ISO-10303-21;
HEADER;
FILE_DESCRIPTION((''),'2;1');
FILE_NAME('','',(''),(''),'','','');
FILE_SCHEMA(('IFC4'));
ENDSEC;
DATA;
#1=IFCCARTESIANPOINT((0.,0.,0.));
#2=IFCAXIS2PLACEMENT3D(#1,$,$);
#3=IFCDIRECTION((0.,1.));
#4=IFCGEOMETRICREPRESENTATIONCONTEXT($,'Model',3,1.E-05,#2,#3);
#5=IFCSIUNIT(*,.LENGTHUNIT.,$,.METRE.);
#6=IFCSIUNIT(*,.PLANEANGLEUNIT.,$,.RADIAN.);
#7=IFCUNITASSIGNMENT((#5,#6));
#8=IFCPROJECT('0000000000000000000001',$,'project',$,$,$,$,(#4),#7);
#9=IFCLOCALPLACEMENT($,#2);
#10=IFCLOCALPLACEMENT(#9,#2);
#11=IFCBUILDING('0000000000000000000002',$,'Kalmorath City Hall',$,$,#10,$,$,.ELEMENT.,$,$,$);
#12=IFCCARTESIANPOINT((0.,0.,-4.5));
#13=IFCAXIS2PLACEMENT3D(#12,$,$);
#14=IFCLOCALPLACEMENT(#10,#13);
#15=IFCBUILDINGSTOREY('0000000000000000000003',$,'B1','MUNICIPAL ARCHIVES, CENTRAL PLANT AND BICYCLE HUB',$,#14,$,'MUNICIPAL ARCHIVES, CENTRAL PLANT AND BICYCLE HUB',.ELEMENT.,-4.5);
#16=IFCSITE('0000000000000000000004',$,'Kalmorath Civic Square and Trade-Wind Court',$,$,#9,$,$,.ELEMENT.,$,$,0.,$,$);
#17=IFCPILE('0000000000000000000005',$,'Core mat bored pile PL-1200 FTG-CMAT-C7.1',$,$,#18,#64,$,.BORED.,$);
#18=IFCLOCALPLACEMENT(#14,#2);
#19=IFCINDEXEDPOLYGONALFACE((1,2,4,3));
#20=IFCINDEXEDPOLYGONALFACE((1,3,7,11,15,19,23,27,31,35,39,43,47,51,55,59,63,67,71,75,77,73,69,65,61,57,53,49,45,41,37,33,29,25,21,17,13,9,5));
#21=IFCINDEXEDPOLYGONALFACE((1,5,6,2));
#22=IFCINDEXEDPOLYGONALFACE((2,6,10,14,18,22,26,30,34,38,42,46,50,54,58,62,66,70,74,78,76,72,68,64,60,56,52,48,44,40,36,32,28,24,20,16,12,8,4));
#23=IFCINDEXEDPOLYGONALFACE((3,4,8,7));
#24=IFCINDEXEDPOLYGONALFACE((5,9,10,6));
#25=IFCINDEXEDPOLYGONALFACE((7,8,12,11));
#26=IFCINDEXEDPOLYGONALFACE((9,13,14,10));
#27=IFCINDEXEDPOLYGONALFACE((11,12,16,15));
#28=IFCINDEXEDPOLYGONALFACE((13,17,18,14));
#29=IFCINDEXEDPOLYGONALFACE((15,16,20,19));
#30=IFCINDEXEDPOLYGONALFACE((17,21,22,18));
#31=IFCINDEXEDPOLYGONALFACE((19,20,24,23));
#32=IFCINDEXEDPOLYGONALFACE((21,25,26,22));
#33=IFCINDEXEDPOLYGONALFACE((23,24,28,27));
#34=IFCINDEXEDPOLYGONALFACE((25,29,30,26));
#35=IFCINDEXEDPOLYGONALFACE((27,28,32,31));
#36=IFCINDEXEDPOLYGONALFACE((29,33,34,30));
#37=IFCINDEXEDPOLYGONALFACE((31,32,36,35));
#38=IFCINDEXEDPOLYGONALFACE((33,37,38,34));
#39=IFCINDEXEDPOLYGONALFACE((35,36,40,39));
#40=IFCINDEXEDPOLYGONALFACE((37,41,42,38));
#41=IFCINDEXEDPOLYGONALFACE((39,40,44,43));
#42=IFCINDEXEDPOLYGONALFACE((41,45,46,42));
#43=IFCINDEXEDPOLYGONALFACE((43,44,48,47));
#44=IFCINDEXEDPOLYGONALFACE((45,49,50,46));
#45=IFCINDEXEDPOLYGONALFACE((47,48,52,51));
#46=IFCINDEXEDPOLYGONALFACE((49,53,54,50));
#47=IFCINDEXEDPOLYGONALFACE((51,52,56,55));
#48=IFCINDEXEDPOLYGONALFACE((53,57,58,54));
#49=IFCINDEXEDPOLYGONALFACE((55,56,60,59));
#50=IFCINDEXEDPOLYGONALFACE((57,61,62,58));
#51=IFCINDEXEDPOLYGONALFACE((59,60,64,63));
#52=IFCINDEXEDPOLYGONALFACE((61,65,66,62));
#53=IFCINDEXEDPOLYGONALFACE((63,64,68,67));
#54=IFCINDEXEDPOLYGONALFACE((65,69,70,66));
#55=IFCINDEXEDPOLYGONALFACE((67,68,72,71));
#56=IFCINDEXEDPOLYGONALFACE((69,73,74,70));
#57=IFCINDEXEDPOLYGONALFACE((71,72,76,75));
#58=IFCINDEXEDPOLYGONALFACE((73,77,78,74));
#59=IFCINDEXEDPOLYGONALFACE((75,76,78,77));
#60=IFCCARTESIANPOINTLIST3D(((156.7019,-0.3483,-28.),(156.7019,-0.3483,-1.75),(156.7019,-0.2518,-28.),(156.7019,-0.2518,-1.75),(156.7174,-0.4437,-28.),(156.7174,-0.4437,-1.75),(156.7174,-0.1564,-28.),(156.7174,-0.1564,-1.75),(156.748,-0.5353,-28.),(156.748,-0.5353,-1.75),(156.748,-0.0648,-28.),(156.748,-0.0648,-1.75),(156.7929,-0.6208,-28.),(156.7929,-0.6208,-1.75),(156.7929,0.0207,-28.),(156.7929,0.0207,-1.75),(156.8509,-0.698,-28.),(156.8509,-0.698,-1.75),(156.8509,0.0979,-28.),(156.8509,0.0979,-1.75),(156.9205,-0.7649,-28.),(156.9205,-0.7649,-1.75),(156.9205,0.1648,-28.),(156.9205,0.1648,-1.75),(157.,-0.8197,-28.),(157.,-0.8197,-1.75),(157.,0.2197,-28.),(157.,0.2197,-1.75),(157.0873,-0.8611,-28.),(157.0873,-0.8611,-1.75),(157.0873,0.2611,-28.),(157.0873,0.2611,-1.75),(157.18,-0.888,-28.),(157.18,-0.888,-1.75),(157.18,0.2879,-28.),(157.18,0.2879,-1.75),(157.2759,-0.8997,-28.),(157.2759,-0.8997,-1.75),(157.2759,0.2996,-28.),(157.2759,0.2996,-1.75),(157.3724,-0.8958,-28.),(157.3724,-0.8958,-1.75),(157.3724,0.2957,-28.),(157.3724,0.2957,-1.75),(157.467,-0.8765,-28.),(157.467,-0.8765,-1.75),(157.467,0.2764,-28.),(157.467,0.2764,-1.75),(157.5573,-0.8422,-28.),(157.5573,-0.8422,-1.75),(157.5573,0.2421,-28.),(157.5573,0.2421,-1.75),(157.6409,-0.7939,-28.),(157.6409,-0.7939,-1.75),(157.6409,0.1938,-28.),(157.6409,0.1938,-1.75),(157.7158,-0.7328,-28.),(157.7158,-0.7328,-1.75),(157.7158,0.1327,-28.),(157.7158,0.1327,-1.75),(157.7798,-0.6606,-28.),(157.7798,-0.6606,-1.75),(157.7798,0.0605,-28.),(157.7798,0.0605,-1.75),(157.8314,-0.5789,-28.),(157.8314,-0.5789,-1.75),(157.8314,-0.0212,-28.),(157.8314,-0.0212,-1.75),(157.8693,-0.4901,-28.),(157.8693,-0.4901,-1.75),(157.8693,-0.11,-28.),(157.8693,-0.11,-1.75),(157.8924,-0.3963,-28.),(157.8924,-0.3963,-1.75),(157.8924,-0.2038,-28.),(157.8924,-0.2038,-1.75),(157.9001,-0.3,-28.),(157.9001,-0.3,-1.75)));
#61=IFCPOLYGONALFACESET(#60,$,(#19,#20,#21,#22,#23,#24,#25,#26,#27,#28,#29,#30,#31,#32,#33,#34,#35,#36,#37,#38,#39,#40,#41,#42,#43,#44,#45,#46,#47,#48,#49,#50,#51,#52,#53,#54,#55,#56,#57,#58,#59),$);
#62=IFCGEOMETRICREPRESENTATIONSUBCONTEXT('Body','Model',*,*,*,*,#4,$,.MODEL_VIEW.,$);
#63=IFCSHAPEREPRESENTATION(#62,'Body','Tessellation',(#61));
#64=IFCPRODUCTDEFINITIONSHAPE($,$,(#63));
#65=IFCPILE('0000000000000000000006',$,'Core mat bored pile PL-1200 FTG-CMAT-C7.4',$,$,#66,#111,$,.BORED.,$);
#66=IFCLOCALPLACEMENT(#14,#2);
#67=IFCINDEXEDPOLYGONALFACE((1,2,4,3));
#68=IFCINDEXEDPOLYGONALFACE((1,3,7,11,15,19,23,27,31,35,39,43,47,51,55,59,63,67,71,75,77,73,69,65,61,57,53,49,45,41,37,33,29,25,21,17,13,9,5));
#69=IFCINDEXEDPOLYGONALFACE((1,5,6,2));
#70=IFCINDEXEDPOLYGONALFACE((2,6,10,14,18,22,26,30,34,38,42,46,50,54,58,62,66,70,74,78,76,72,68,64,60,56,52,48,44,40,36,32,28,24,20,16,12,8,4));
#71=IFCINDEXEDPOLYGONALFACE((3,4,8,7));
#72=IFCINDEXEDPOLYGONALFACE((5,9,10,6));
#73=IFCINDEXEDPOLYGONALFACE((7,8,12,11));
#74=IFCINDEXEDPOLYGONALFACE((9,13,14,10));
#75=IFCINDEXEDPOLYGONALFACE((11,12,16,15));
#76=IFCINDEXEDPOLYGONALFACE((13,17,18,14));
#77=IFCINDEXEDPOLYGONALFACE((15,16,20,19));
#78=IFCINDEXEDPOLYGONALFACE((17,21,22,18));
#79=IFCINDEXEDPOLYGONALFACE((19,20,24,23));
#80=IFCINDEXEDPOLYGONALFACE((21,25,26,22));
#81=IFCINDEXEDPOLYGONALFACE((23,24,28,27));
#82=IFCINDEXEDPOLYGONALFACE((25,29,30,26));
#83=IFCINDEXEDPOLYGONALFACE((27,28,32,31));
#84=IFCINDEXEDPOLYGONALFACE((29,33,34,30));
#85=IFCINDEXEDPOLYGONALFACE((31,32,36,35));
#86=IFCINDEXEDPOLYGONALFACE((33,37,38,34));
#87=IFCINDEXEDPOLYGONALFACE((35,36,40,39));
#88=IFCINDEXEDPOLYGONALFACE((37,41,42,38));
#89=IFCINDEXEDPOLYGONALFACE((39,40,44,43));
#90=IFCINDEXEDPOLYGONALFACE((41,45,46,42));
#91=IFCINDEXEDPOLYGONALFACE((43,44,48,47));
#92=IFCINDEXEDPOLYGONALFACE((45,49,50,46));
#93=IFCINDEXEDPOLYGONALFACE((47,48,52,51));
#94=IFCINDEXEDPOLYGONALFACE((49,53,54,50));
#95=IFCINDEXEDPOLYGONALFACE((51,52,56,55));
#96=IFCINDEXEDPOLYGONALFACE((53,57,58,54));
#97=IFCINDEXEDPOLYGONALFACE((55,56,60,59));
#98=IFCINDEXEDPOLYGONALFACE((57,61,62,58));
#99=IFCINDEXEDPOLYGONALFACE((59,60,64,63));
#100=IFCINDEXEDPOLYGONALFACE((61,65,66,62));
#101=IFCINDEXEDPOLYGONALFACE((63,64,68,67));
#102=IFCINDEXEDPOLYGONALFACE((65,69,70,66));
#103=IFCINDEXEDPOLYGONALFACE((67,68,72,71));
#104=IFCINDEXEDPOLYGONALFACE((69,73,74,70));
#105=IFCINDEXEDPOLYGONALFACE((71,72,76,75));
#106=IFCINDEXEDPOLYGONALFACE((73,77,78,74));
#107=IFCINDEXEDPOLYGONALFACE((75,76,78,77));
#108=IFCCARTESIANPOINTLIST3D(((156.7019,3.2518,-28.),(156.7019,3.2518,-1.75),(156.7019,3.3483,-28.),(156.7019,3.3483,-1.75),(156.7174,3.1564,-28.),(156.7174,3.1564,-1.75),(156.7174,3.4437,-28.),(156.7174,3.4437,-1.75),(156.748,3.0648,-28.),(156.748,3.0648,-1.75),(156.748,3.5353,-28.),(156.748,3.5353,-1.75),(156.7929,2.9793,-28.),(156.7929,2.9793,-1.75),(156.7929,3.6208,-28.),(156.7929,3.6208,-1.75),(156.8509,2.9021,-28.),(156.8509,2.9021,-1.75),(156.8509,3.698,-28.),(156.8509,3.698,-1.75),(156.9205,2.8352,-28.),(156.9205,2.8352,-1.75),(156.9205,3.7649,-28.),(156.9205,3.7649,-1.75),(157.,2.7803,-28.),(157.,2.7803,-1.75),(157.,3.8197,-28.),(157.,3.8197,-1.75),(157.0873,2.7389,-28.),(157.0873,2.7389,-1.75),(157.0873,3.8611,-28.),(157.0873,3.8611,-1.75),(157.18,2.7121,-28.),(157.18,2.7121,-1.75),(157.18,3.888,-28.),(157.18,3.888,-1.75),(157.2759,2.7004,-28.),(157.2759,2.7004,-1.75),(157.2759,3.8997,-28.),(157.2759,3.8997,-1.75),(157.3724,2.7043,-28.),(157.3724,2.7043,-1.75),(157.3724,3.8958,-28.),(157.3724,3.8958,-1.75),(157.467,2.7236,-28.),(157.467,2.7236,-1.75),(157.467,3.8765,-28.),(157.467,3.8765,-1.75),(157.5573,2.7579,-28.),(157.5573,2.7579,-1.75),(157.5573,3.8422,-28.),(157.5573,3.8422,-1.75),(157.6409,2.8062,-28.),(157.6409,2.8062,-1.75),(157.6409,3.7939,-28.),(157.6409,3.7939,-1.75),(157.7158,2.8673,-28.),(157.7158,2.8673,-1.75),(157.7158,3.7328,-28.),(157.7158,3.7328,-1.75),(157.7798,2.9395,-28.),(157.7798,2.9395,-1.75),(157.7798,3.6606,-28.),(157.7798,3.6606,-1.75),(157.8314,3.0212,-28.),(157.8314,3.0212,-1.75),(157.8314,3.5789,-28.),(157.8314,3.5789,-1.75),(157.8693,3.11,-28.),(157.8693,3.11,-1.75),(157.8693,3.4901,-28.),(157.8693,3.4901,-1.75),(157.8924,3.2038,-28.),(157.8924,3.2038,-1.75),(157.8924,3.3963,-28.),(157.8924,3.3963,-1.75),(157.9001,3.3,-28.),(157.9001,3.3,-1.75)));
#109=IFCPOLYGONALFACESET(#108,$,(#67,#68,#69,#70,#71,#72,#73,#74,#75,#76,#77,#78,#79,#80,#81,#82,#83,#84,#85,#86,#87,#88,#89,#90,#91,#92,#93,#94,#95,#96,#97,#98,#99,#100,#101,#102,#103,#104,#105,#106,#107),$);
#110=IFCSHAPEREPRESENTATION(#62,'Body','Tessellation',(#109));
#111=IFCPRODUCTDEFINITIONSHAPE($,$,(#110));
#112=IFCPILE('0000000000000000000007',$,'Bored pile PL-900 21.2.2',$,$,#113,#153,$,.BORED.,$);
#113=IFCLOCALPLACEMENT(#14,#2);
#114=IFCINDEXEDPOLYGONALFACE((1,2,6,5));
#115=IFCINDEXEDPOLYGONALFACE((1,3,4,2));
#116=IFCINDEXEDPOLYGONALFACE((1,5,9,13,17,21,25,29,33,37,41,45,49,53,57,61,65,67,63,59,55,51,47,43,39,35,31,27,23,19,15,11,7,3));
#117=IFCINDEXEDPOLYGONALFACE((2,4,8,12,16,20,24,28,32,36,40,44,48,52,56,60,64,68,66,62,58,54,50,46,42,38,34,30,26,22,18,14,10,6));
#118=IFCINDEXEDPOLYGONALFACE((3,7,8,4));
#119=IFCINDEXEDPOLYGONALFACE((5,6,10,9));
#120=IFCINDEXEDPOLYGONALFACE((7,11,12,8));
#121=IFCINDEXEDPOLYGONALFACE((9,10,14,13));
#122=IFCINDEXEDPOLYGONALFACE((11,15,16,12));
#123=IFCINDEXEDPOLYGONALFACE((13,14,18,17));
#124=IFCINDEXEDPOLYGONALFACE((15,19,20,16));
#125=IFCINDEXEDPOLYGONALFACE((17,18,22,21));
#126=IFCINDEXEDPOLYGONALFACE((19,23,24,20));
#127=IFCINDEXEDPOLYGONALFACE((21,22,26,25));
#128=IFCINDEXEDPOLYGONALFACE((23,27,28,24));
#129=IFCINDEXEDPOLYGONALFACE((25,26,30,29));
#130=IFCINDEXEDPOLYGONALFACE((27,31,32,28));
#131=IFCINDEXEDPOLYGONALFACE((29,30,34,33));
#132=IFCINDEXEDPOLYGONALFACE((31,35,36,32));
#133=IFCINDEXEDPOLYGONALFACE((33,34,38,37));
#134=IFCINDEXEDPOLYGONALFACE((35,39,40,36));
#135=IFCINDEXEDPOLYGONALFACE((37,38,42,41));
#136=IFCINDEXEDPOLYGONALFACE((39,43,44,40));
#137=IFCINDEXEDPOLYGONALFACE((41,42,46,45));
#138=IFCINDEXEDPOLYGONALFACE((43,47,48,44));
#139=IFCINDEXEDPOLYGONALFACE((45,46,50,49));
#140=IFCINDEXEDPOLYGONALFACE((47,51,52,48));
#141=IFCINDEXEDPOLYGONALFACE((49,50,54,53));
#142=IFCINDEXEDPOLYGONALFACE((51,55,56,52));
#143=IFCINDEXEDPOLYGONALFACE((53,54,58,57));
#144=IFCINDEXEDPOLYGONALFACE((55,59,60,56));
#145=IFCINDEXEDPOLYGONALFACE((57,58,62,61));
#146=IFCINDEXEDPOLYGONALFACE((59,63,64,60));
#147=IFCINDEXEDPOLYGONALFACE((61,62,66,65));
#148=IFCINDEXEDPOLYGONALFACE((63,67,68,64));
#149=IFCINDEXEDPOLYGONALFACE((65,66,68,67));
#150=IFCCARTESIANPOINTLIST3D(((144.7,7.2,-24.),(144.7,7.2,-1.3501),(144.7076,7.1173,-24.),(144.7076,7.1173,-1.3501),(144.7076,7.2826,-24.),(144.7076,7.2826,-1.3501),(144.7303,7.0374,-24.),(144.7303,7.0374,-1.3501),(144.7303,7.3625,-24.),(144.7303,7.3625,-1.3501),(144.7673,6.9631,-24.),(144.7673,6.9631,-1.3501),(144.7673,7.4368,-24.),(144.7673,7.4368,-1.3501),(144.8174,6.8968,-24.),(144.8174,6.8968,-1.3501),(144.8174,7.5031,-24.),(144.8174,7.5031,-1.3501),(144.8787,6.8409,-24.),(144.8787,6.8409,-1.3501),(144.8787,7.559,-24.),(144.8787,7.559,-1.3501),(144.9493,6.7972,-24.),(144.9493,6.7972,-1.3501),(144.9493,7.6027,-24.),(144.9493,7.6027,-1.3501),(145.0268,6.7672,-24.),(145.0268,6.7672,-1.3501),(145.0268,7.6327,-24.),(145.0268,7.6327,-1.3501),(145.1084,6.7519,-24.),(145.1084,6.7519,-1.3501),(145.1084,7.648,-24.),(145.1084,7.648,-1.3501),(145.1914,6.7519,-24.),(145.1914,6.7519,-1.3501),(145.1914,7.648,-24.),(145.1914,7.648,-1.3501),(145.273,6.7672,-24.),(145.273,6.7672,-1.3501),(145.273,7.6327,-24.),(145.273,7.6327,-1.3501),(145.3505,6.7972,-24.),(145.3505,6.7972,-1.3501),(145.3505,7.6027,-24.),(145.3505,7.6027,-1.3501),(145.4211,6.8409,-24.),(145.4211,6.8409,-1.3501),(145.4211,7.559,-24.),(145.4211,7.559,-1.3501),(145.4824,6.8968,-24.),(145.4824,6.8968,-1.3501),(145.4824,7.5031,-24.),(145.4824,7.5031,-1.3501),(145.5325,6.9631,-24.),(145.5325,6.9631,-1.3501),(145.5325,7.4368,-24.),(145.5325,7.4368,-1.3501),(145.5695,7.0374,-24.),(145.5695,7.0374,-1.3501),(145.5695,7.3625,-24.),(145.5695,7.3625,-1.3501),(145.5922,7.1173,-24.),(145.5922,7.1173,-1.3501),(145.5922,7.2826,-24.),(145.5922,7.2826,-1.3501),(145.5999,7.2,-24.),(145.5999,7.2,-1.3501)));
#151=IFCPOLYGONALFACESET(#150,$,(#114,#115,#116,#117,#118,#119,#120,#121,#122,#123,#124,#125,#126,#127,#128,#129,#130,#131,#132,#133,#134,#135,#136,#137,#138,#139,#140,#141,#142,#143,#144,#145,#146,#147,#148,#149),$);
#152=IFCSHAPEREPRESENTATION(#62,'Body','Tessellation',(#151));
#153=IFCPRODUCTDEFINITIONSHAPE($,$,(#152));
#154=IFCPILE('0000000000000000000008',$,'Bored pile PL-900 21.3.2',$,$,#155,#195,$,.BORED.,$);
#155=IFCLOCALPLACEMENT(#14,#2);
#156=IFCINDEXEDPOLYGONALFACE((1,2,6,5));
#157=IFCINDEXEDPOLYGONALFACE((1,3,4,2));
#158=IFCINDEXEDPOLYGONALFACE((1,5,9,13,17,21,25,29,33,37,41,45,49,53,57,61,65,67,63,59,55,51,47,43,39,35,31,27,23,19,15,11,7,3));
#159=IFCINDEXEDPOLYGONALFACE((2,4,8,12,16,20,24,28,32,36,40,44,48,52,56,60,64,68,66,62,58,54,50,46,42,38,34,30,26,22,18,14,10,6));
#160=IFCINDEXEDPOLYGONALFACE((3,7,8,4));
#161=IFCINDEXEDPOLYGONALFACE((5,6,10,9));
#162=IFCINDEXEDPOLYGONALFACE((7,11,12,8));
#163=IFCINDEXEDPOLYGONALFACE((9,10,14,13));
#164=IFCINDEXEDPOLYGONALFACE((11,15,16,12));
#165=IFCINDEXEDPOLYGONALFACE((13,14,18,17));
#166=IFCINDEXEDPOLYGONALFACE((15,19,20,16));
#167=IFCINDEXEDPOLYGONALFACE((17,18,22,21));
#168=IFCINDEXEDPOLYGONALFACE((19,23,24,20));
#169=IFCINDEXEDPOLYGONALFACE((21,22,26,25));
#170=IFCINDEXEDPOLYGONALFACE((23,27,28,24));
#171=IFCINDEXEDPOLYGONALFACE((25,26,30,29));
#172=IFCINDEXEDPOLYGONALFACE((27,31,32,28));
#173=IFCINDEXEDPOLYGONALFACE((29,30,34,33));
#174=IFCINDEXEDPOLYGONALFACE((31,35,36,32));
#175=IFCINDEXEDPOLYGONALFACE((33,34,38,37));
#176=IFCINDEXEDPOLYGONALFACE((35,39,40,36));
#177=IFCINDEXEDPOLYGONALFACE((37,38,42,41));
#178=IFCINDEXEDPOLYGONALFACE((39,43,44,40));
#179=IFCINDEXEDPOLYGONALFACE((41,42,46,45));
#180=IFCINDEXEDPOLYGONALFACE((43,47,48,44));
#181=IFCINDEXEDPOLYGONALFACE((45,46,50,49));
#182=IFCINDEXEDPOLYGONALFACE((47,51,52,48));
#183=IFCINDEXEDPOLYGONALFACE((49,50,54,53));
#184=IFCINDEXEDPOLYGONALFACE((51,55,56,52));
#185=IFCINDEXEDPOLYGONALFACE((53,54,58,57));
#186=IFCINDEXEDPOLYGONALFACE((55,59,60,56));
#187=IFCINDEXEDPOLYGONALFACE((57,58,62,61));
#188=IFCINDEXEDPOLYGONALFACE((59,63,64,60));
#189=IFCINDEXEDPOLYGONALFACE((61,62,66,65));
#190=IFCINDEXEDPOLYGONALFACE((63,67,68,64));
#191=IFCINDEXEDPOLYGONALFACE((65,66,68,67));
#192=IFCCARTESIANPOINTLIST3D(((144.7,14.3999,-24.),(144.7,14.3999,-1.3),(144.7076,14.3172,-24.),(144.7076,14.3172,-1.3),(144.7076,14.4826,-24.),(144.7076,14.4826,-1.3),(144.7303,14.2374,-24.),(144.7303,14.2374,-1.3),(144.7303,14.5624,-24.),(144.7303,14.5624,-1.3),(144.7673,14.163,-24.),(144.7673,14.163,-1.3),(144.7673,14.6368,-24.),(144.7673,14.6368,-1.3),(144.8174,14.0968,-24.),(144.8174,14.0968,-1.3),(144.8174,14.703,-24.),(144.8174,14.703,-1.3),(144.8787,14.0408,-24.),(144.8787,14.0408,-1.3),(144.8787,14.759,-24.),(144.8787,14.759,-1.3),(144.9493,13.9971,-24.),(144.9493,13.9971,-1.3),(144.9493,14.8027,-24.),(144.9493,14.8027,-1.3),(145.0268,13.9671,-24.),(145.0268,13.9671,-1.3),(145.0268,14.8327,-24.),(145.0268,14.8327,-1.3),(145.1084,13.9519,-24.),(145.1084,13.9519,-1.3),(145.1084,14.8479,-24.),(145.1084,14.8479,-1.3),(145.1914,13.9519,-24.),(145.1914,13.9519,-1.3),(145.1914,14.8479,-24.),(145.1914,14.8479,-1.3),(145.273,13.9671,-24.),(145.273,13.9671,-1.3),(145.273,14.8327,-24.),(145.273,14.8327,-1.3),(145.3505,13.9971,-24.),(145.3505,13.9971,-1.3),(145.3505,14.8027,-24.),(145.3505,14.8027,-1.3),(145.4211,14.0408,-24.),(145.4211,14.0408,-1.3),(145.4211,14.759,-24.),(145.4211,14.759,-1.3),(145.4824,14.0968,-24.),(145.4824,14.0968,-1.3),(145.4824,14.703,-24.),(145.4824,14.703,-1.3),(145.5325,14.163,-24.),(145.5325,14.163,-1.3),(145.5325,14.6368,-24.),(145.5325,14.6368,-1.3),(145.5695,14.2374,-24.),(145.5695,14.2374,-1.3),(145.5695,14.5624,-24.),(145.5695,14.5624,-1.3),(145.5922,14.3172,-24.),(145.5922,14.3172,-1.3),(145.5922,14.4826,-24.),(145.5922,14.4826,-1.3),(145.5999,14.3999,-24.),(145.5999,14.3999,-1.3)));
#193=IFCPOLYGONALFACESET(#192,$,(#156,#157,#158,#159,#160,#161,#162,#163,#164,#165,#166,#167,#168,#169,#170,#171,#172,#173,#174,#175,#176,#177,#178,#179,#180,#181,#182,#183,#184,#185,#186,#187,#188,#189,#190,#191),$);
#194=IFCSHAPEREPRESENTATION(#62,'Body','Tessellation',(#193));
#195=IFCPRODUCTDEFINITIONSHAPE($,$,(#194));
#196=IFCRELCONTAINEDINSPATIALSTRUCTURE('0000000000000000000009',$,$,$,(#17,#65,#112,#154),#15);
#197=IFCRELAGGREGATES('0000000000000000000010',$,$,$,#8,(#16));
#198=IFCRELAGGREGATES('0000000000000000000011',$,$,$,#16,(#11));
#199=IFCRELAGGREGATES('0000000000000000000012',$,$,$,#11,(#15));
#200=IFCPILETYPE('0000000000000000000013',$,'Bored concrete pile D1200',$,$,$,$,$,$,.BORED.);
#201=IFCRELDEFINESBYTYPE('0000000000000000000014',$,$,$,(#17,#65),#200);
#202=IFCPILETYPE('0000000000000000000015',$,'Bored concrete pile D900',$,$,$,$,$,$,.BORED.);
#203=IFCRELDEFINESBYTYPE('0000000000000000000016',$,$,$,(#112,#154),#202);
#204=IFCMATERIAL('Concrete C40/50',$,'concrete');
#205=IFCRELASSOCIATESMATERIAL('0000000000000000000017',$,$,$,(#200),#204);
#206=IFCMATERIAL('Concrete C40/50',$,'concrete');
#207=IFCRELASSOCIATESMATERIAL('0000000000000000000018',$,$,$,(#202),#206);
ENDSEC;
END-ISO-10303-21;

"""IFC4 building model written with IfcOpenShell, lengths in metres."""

from ifc_helpers import new_model, si_unit, direction, frame, origin, origin_2d, place, context, subcontext, project, spatial, circle, extrude, material, material_profile, profile_set, type_object, element, save


model = new_model("IFC4")

# Units and contexts
model_context = context("Model", 3, precision=1e-05, world=origin(), true_north=direction((0.0, 1.0)))
body_context = subcontext(model_context, "Body", "Model", "MODEL_VIEW")
ifc_project = project(units=[si_unit("LENGTHUNIT", "METRE"), si_unit("PLANEANGLEUNIT", "RADIAN")], contexts=[model_context])

# Site, building, storey
site_placement = place(None, origin())
site = spatial("IfcSite", under=ifc_project, at=site_placement, Name="Kalmorath Civic Square and Trade-Wind Court", CompositionType="ELEMENT", RefElevation=0.0)
building_placement = place(site_placement, origin())
building = spatial("IfcBuilding", under=site, at=building_placement, Name="Kalmorath City Hall", CompositionType="ELEMENT")
storey_placement = place(building_placement, frame((0.0, 0.0, -4.5)))
storey = spatial("IfcBuildingStorey", under=building, at=storey_placement, Name="B1", Description="MUNICIPAL ARCHIVES, CENTRAL PLANT AND BICYCLE HUB", LongName="MUNICIPAL ARCHIVES, CENTRAL PLANT AND BICYCLE HUB", CompositionType="ELEMENT", Elevation=-4.5)

# Piles
ifc_material_1 = material(Name="Concrete C40/50", Category="concrete")
ifc_material_profile_1 = material_profile(ifc_material_1, circle(Radius=0.6001, at=origin_2d()), Name="PILE-D1200")
ifc_profile_set_1 = profile_set([ifc_material_profile_1], Name="Concrete C40/50")
pile_type_1 = type_object("IfcPileType", Name="Bored concrete pile D1200", PredefinedType="BORED", material=ifc_profile_set_1)
for number, where, z_axis, x_axis, name in (
    (1, (157.3, -0.3, -1.75), (0.0, 0.0, -1.0), (1.0, 0.0, 0.0), "Core mat bored pile PL-1200 FTG-CMAT-C7.1"),
    (2, (157.3, 3.3, -1.75), (0.0, 0.0, -1.0), (1.0, 0.0, 0.0), "Core mat bored pile PL-1200 FTG-CMAT-C7.4"),
):
    element("IfcPile", number, at=place(storey_placement, frame(where, z_axis=z_axis, x_axis=x_axis)), inside=storey, type_object=pile_type_1, Name=name, PredefinedType="BORED", context=body_context, shape_type="SweptSolid", body=[
        extrude(circle(Radius=0.6001, at=origin_2d()), origin(), (0.0, 0.0, 1.0), 26.25),
    ])
ifc_material_2 = material(Name="Concrete C40/50", Category="concrete")
ifc_material_profile_2 = material_profile(ifc_material_2, circle(Radius=0.45, at=origin_2d()), Name="PILE-D900")
ifc_profile_set_2 = profile_set([ifc_material_profile_2], Name="Concrete C40/50")
pile_type_2 = type_object("IfcPileType", Name="Bored concrete pile D900", PredefinedType="BORED", material=ifc_profile_set_2)
pile_1_placement = place(storey_placement, frame((145.1499, 7.2, -1.3501), z_axis=(0.0, 0.0, -1.0), x_axis=(1.0, 0.0, 0.0)))
element("IfcPile", 3, at=pile_1_placement, inside=storey, type_object=pile_type_2, Name="Bored pile PL-900 21.2.2", PredefinedType="BORED", context=body_context, shape_type="SweptSolid", body=[
    extrude(circle(Radius=0.45, at=origin_2d()), origin(), (0.0, 0.0, 1.0), 22.6499),
])
pile_2_placement = place(storey_placement, frame((145.1499, 14.3999, -1.3), z_axis=(0.0, 0.0, -1.0), x_axis=(1.0, 0.0, 0.0)))
element("IfcPile", 4, at=pile_2_placement, inside=storey, type_object=pile_type_2, Name="Bored pile PL-900 21.3.2", PredefinedType="BORED", context=body_context, shape_type="SweptSolid", body=[
    extrude(circle(Radius=0.45, at=origin_2d()), origin(), (0.0, 0.0, 1.0), 22.7),
])

save(model, "model.ifc")
